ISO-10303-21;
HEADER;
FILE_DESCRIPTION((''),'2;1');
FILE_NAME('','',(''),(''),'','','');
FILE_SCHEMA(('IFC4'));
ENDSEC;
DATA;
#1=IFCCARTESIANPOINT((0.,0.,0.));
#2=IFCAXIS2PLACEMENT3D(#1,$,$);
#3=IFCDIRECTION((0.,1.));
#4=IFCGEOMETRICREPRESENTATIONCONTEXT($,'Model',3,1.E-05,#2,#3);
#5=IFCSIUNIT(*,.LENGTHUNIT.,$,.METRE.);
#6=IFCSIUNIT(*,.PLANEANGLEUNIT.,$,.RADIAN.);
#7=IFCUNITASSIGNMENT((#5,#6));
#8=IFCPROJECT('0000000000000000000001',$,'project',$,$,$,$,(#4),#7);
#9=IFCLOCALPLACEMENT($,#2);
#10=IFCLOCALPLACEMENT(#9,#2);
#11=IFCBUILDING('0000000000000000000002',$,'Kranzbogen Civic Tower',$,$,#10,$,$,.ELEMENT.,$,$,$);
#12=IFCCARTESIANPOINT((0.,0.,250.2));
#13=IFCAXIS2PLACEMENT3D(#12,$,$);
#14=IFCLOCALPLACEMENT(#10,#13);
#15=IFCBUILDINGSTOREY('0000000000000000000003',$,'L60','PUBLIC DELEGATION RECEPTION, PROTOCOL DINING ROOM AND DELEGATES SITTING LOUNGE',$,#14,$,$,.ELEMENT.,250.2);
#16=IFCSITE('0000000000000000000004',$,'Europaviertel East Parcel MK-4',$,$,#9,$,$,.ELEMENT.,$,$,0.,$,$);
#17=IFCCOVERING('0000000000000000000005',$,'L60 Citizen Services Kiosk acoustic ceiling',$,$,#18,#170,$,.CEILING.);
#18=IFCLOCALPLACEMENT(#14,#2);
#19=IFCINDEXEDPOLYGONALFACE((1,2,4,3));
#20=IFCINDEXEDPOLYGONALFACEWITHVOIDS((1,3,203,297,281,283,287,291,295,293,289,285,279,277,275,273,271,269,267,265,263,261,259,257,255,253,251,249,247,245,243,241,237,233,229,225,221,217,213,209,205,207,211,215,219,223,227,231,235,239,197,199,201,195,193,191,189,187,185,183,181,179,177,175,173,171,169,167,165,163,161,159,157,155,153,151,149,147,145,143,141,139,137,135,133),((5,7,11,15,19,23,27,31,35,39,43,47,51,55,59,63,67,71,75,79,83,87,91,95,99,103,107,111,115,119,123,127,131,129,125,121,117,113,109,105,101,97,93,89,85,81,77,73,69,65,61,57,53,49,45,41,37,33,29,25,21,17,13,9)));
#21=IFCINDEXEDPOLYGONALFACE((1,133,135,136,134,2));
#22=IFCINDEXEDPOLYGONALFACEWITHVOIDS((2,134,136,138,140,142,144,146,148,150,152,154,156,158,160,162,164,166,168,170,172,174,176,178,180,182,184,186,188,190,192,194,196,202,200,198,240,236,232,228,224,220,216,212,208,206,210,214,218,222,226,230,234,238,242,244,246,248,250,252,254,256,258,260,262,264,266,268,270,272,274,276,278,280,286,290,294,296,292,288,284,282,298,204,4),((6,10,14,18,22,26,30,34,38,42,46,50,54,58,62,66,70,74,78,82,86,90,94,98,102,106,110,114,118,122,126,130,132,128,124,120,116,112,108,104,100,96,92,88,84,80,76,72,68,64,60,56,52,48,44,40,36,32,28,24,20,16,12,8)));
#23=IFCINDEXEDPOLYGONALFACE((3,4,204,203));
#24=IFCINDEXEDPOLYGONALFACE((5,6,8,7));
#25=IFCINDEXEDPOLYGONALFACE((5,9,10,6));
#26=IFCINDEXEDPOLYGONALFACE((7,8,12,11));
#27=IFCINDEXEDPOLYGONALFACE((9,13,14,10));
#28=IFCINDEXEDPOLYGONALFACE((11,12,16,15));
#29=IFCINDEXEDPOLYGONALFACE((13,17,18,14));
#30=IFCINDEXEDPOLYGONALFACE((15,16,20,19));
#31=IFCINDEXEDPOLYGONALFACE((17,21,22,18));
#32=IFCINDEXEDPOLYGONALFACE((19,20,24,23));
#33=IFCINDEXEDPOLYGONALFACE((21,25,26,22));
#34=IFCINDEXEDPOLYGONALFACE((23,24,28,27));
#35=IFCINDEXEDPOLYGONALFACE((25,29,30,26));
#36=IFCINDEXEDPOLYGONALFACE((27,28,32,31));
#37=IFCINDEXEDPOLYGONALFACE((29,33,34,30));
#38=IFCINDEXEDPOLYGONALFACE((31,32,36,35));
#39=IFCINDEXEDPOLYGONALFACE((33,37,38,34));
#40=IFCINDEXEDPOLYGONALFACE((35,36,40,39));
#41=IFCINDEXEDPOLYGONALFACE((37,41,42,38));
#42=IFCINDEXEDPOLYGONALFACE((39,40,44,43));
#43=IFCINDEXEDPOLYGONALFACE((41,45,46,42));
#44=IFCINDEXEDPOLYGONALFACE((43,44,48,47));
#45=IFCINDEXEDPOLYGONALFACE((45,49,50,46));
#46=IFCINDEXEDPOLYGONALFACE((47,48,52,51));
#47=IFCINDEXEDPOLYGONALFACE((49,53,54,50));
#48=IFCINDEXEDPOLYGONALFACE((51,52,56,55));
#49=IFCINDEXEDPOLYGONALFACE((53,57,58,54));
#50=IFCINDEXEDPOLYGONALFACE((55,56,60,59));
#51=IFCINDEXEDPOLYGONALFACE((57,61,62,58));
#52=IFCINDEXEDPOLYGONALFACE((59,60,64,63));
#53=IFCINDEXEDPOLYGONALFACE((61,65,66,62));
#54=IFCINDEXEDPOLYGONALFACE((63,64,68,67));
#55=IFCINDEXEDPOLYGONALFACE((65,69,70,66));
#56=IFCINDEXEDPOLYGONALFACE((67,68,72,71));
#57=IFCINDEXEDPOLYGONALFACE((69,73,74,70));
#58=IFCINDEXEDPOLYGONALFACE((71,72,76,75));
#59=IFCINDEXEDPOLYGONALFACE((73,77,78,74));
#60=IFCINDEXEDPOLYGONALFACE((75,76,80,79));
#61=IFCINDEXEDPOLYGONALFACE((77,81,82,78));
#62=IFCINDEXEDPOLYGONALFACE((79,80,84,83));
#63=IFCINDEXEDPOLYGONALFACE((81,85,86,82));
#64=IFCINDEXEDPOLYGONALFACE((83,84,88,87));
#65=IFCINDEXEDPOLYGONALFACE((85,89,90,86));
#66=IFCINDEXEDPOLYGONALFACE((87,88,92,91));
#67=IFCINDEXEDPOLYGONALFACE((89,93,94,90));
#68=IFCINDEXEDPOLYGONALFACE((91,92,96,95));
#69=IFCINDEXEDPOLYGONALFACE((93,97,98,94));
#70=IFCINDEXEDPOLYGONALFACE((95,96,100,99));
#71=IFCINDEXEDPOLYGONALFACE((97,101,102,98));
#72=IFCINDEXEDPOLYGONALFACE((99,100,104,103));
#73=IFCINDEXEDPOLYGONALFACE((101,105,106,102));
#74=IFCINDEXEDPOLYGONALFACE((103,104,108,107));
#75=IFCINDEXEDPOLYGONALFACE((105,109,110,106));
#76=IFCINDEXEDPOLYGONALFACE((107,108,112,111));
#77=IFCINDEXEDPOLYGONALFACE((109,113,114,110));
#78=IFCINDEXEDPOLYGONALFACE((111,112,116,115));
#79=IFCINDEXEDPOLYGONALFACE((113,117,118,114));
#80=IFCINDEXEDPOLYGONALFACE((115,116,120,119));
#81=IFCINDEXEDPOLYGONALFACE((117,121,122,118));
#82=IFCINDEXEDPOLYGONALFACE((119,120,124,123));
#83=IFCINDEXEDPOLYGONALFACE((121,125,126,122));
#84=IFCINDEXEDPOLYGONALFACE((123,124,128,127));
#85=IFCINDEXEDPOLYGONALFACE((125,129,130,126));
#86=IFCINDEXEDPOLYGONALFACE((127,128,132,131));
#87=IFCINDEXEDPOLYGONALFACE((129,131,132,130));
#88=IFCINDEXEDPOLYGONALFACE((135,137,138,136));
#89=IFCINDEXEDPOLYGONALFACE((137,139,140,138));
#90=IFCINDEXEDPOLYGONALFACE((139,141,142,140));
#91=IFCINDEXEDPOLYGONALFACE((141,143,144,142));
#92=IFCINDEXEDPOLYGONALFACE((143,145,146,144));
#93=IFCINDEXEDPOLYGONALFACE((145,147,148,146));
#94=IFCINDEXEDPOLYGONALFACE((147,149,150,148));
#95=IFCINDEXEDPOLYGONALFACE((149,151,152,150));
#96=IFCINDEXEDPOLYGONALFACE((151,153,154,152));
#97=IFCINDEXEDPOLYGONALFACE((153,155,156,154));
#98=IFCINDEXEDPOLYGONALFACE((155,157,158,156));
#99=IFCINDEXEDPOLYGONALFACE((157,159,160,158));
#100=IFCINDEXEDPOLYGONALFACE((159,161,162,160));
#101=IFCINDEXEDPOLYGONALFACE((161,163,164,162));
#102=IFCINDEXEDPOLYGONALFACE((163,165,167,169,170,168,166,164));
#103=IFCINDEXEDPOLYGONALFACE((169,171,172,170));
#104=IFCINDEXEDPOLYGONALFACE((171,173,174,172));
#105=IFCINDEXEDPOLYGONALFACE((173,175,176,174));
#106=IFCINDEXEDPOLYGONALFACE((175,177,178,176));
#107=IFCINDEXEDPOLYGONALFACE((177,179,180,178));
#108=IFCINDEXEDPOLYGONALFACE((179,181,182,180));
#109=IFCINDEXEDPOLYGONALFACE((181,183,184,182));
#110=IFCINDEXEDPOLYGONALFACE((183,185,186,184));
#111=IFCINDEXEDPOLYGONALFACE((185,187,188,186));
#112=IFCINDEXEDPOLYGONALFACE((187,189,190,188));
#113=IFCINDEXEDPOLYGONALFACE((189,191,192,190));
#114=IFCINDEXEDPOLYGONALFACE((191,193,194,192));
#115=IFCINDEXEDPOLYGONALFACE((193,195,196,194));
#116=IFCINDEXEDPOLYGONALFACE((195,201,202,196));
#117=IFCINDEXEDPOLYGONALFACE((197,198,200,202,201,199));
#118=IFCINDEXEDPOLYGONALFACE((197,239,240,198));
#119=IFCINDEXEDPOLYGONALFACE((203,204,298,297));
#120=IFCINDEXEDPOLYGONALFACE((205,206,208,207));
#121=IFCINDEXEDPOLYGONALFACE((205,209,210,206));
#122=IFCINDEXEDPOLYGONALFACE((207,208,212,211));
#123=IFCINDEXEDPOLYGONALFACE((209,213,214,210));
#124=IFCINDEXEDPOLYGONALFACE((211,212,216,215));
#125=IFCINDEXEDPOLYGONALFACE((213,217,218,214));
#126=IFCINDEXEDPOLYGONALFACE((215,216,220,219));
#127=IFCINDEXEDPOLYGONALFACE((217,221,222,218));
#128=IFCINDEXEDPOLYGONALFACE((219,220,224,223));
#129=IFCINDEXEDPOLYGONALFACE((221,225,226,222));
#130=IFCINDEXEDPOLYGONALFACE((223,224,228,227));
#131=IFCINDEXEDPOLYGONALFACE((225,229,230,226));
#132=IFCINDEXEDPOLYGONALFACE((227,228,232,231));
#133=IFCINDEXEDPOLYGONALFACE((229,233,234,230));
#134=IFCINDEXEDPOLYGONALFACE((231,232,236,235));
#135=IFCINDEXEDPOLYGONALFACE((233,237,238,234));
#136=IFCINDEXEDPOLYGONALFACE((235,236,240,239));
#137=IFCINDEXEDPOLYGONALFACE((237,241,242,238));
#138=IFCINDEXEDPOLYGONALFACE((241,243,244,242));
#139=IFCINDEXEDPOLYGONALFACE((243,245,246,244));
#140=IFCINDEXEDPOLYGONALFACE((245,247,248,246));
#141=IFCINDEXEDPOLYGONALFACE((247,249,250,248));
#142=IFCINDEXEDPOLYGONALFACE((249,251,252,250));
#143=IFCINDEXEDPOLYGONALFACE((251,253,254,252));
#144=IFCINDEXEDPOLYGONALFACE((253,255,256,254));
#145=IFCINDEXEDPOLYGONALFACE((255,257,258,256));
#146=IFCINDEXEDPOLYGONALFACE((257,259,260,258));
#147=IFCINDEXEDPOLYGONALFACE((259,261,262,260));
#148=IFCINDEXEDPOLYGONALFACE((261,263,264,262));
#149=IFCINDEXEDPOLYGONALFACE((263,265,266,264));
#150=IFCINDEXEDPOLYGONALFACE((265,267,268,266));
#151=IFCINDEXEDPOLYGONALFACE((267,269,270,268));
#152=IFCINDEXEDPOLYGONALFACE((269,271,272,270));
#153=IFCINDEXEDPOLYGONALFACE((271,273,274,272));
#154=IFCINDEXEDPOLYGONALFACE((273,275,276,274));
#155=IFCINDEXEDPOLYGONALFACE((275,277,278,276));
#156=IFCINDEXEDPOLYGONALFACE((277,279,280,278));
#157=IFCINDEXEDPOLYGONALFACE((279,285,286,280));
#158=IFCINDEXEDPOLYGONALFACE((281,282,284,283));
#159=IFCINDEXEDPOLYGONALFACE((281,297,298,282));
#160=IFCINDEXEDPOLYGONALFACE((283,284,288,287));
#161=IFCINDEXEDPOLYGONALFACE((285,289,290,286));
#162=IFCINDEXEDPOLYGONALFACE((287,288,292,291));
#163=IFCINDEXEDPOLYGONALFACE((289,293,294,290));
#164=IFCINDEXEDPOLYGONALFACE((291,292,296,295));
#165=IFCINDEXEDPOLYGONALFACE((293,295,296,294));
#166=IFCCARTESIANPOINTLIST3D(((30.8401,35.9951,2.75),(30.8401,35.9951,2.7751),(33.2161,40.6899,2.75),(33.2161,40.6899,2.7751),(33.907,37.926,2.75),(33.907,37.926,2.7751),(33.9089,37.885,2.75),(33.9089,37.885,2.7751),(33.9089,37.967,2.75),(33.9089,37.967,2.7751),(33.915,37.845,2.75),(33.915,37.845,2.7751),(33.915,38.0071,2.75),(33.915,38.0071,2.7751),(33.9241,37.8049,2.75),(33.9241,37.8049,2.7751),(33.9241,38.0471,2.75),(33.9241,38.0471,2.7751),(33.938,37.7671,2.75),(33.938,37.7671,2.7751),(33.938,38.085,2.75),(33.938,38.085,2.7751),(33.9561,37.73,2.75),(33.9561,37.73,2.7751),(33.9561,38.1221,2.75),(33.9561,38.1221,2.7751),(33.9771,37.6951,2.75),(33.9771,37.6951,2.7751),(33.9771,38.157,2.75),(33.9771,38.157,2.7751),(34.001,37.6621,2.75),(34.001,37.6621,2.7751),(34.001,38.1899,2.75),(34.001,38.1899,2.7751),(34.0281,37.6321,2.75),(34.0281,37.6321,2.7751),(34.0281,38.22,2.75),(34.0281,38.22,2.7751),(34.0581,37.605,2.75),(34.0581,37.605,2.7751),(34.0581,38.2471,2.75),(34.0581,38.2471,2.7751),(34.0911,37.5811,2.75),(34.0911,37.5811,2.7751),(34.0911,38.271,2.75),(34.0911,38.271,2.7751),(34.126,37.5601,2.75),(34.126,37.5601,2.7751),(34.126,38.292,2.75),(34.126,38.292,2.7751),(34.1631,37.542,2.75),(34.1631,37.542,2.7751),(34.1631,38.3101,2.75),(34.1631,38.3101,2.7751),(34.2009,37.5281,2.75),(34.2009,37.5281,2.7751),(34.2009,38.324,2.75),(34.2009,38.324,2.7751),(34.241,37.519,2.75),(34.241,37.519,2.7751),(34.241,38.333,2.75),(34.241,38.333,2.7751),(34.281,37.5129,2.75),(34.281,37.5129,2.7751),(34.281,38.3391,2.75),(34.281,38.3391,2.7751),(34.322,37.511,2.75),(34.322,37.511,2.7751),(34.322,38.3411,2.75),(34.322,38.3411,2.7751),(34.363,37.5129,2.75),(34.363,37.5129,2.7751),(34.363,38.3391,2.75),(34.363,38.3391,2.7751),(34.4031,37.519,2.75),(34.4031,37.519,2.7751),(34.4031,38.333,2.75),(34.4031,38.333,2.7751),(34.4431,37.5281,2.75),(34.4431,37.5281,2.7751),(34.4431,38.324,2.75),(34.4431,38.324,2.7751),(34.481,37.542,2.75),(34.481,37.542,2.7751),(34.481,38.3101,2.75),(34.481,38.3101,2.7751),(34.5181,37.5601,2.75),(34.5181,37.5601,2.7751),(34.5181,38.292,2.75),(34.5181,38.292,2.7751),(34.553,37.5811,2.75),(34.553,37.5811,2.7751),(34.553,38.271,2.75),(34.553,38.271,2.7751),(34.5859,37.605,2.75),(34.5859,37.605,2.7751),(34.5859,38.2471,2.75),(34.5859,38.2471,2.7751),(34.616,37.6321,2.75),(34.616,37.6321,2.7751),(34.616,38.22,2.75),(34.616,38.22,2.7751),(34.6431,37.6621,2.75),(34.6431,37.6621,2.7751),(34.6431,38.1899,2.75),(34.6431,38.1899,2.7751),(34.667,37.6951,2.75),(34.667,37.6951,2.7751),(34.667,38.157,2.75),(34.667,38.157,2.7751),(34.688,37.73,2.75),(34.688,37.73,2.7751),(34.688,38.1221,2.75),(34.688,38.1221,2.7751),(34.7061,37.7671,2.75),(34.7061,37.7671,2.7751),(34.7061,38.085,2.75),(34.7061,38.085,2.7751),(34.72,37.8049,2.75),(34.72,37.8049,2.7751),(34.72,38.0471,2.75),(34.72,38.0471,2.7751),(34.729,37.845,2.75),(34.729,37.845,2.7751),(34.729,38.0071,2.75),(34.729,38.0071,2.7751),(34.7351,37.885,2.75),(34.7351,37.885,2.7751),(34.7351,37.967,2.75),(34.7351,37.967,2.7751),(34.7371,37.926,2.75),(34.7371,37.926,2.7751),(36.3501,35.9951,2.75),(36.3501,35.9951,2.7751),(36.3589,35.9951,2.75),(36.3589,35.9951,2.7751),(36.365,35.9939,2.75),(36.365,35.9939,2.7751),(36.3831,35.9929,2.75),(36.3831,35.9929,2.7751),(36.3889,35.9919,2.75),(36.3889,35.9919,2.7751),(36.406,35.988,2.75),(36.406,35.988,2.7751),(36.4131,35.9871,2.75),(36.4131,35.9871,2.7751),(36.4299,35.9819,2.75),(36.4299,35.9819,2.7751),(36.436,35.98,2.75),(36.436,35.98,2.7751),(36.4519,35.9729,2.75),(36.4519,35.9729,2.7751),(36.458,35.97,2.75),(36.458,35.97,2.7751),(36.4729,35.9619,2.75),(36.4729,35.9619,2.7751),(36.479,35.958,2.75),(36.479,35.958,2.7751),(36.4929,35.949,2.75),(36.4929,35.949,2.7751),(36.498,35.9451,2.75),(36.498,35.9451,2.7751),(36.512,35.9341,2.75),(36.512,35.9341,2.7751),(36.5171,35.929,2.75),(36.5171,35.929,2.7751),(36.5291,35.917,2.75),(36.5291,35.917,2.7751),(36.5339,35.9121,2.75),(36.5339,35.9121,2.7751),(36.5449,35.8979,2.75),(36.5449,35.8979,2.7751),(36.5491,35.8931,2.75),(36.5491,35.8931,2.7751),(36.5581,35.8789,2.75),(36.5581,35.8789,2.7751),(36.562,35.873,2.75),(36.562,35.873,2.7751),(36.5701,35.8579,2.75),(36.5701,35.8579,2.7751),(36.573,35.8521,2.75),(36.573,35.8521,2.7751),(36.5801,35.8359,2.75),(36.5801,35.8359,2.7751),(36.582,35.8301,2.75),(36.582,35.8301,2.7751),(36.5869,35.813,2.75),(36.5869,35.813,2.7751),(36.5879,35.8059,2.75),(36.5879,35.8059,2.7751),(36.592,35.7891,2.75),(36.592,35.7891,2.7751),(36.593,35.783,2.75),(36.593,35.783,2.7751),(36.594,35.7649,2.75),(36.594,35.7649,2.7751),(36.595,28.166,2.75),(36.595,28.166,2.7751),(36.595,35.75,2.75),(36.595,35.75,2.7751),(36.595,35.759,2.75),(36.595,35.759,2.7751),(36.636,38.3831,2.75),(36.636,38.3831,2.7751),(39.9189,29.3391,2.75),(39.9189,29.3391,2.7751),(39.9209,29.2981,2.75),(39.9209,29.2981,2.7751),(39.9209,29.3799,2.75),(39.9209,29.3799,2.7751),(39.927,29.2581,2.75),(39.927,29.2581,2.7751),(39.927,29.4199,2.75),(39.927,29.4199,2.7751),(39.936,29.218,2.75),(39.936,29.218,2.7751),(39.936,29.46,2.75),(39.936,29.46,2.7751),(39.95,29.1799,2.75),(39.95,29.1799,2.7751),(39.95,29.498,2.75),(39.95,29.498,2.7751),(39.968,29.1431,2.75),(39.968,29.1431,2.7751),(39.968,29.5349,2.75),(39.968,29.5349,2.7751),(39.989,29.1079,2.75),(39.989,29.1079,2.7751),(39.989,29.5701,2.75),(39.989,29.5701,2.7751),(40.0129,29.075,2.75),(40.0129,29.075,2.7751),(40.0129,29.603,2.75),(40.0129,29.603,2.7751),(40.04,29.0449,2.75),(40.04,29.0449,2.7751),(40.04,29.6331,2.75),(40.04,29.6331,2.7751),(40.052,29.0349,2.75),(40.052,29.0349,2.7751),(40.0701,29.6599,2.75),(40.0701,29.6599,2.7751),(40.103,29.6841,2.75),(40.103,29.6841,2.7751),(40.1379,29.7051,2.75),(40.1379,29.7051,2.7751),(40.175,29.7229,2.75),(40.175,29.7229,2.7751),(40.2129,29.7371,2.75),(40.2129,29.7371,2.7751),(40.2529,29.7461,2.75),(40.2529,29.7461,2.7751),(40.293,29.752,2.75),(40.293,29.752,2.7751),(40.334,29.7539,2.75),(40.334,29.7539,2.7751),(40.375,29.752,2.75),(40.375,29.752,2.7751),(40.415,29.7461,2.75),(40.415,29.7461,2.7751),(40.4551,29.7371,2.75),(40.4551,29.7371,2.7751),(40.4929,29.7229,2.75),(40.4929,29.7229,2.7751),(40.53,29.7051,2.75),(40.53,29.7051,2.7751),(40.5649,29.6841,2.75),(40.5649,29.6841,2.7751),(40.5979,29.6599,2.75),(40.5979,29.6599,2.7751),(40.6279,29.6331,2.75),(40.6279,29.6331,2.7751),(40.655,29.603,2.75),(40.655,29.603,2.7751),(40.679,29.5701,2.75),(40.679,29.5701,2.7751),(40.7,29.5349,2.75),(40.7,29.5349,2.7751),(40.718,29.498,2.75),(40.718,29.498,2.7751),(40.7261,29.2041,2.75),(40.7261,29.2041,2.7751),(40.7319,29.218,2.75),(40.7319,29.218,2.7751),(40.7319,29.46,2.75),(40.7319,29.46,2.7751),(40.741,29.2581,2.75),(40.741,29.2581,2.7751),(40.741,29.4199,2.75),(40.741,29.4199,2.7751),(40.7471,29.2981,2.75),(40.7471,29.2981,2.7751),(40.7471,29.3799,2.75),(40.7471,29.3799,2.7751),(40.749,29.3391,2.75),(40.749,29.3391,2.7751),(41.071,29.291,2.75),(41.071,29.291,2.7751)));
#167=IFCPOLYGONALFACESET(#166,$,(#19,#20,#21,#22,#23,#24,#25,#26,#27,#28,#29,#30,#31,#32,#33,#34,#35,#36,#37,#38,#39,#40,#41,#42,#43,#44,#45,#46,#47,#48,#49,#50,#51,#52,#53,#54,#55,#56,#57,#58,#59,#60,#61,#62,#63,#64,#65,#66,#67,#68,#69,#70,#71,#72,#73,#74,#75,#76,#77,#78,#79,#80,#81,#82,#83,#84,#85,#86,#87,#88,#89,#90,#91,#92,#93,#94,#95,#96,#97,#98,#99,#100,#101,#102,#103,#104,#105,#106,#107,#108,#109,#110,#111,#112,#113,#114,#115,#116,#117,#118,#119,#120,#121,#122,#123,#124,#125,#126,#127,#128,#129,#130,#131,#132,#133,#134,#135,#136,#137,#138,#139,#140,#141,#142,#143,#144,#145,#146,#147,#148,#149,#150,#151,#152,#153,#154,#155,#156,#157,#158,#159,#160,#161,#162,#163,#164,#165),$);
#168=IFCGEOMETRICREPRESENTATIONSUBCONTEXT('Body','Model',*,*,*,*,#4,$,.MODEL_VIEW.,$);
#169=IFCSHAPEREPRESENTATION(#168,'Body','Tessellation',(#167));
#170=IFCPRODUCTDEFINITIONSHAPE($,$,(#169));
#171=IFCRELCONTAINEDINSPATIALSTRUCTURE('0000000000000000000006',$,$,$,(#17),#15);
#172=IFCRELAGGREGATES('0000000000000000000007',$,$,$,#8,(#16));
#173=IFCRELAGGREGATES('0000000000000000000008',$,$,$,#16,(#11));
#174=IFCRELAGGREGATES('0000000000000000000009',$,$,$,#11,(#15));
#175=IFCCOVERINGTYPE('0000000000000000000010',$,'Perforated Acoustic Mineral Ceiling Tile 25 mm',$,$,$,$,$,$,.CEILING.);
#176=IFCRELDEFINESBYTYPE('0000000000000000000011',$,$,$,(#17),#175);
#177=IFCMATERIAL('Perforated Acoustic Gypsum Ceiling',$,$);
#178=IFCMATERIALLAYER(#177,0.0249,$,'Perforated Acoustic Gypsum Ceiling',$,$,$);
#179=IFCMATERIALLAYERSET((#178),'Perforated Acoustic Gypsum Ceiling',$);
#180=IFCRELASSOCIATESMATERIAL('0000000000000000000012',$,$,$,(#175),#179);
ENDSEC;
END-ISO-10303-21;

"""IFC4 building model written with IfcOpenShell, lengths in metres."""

from ifc_helpers import new_model, si_unit, direction, frame, origin, place, context, subcontext, project, spatial, polyline, outline, extrude, material, layer, layer_set, type_object, element, save


model = new_model("IFC4")

# Units and contexts
model_context = context("Model", 3, precision=1e-05, world=origin(), true_north=direction((0.0, 1.0)))
body_context = subcontext(model_context, "Body", "Model", "MODEL_VIEW")
ifc_project = project(units=[si_unit("LENGTHUNIT", "METRE"), si_unit("PLANEANGLEUNIT", "RADIAN")], contexts=[model_context])

# Site, building, storey
site_placement = place(None, origin())
site = spatial("IfcSite", under=ifc_project, at=site_placement, Name="Europaviertel East Parcel MK-4", CompositionType="ELEMENT", RefElevation=0.0)
building_placement = place(site_placement, origin())
building = spatial("IfcBuilding", under=site, at=building_placement, Name="Kranzbogen Civic Tower", CompositionType="ELEMENT")
storey_placement = place(building_placement, frame((0.0, 0.0, 250.2)))
storey = spatial("IfcBuildingStorey", under=building, at=storey_placement, Name="L60", Description="PUBLIC DELEGATION RECEPTION, PROTOCOL DINING ROOM AND DELEGATES SITTING LOUNGE", CompositionType="ELEMENT", Elevation=250.2)

# Covering
ifc_material_1 = material(Name="Perforated Acoustic Gypsum Ceiling")
ifc_layer_1 = layer(ifc_material_1, 0.0249, Name="Perforated Acoustic Gypsum Ceiling")
ifc_layer_set_1 = layer_set([ifc_layer_1], Name="Perforated Acoustic Gypsum Ceiling")
covering_type_1 = type_object("IfcCoveringType", Name="Perforated Acoustic Mineral Ceiling Tile 25 mm", PredefinedType="CEILING", material=ifc_layer_set_1)
covering_1_placement = place(storey_placement, frame((0.0, 0.0, 2.75)))
element("IfcCovering", 1, at=covering_1_placement, inside=storey, type_object=covering_type_1, Name="L60 Citizen Services Kiosk acoustic ceiling", PredefinedType="CEILING", context=body_context, shape_type="SweptSolid", body=[
    extrude(outline(polyline([(40.7261, 29.2041), (40.7319, 29.218), (40.741, 29.2581), (40.7471, 29.2981), (40.749, 29.3391), (40.7471, 29.3799), (40.741, 29.4199), (40.7319, 29.46), (40.718, 29.498), (40.7, 29.5349), (40.679, 29.5701), (40.655, 29.603), (40.6279, 29.6331), (40.5979, 29.6599), (40.5649, 29.6841), (40.53, 29.7051), (40.4929, 29.7229), (40.4551, 29.7371), (40.415, 29.7461), (40.375, 29.752), (40.334, 29.7539), (40.293, 29.752), (40.2529, 29.7461), (40.2129, 29.7371), (40.175, 29.7229), (40.1379, 29.7051), (40.103, 29.6841), (40.0701, 29.6599), (40.04, 29.6331), (40.0129, 29.603), (39.989, 29.5701), (39.968, 29.5349), (39.95, 29.498), (39.936, 29.46), (39.927, 29.4199), (39.9209, 29.3799), (39.9189, 29.3391), (39.9209, 29.2981), (39.927, 29.2581), (39.936, 29.218), (39.95, 29.1799), (39.968, 29.1431), (39.989, 29.1079), (40.0129, 29.075), (40.04, 29.0449), (40.052, 29.0349), (36.595, 28.166), (36.595, 35.75), (36.595, 35.759), (36.594, 35.7649), (36.593, 35.783), (36.592, 35.7891), (36.5879, 35.8059), (36.5869, 35.813), (36.582, 35.8301), (36.5801, 35.8359), (36.573, 35.8521), (36.5701, 35.8579), (36.562, 35.873), (36.5581, 35.8789), (36.5491, 35.8931), (36.5449, 35.8979), (36.5339, 35.9121), (36.5291, 35.917), (36.5171, 35.929), (36.512, 35.9341), (36.498, 35.9451), (36.4929, 35.949), (36.479, 35.958), (36.4729, 35.9619), (36.458, 35.97), (36.4519, 35.9729), (36.436, 35.98), (36.4299, 35.9819), (36.4131, 35.9871), (36.406, 35.988), (36.3889, 35.9919), (36.3831, 35.9929), (36.365, 35.9939), (36.3589, 35.9951), (36.3501, 35.9951), (30.8401, 35.9951), (33.2161, 40.6899), (36.636, 38.3831), (41.071, 29.291), (40.7261, 29.2041)]), holes=[polyline([(34.7061, 37.7671), (34.688, 37.73), (34.667, 37.6951), (34.6431, 37.6621), (34.616, 37.6321), (34.5859, 37.605), (34.553, 37.5811), (34.5181, 37.5601), (34.481, 37.542), (34.4431, 37.5281), (34.4031, 37.519), (34.363, 37.5129), (34.322, 37.511), (34.281, 37.5129), (34.241, 37.519), (34.2009, 37.5281), (34.1631, 37.542), (34.126, 37.5601), (34.0911, 37.5811), (34.0581, 37.605), (34.0281, 37.6321), (34.001, 37.6621), (33.9771, 37.6951), (33.9561, 37.73), (33.938, 37.7671), (33.9241, 37.8049), (33.915, 37.845), (33.9089, 37.885), (33.907, 37.926), (33.9089, 37.967), (33.915, 38.0071), (33.9241, 38.0471), (33.938, 38.085), (33.9561, 38.1221), (33.9771, 38.157), (34.001, 38.1899), (34.0281, 38.22), (34.0581, 38.2471), (34.0911, 38.271), (34.126, 38.292), (34.1631, 38.3101), (34.2009, 38.324), (34.241, 38.333), (34.281, 38.3391), (34.322, 38.3411), (34.363, 38.3391), (34.4031, 38.333), (34.4431, 38.324), (34.481, 38.3101), (34.5181, 38.292), (34.553, 38.271), (34.5859, 38.2471), (34.616, 38.22), (34.6431, 38.1899), (34.667, 38.157), (34.688, 38.1221), (34.7061, 38.085), (34.72, 38.0471), (34.729, 38.0071), (34.7351, 37.967), (34.7371, 37.926), (34.7351, 37.885), (34.729, 37.845), (34.72, 37.8049), (34.7061, 37.7671)])]), origin(), (0.0, 0.0, 1.0), 0.0251),
])

save(model, "model.ifc")
